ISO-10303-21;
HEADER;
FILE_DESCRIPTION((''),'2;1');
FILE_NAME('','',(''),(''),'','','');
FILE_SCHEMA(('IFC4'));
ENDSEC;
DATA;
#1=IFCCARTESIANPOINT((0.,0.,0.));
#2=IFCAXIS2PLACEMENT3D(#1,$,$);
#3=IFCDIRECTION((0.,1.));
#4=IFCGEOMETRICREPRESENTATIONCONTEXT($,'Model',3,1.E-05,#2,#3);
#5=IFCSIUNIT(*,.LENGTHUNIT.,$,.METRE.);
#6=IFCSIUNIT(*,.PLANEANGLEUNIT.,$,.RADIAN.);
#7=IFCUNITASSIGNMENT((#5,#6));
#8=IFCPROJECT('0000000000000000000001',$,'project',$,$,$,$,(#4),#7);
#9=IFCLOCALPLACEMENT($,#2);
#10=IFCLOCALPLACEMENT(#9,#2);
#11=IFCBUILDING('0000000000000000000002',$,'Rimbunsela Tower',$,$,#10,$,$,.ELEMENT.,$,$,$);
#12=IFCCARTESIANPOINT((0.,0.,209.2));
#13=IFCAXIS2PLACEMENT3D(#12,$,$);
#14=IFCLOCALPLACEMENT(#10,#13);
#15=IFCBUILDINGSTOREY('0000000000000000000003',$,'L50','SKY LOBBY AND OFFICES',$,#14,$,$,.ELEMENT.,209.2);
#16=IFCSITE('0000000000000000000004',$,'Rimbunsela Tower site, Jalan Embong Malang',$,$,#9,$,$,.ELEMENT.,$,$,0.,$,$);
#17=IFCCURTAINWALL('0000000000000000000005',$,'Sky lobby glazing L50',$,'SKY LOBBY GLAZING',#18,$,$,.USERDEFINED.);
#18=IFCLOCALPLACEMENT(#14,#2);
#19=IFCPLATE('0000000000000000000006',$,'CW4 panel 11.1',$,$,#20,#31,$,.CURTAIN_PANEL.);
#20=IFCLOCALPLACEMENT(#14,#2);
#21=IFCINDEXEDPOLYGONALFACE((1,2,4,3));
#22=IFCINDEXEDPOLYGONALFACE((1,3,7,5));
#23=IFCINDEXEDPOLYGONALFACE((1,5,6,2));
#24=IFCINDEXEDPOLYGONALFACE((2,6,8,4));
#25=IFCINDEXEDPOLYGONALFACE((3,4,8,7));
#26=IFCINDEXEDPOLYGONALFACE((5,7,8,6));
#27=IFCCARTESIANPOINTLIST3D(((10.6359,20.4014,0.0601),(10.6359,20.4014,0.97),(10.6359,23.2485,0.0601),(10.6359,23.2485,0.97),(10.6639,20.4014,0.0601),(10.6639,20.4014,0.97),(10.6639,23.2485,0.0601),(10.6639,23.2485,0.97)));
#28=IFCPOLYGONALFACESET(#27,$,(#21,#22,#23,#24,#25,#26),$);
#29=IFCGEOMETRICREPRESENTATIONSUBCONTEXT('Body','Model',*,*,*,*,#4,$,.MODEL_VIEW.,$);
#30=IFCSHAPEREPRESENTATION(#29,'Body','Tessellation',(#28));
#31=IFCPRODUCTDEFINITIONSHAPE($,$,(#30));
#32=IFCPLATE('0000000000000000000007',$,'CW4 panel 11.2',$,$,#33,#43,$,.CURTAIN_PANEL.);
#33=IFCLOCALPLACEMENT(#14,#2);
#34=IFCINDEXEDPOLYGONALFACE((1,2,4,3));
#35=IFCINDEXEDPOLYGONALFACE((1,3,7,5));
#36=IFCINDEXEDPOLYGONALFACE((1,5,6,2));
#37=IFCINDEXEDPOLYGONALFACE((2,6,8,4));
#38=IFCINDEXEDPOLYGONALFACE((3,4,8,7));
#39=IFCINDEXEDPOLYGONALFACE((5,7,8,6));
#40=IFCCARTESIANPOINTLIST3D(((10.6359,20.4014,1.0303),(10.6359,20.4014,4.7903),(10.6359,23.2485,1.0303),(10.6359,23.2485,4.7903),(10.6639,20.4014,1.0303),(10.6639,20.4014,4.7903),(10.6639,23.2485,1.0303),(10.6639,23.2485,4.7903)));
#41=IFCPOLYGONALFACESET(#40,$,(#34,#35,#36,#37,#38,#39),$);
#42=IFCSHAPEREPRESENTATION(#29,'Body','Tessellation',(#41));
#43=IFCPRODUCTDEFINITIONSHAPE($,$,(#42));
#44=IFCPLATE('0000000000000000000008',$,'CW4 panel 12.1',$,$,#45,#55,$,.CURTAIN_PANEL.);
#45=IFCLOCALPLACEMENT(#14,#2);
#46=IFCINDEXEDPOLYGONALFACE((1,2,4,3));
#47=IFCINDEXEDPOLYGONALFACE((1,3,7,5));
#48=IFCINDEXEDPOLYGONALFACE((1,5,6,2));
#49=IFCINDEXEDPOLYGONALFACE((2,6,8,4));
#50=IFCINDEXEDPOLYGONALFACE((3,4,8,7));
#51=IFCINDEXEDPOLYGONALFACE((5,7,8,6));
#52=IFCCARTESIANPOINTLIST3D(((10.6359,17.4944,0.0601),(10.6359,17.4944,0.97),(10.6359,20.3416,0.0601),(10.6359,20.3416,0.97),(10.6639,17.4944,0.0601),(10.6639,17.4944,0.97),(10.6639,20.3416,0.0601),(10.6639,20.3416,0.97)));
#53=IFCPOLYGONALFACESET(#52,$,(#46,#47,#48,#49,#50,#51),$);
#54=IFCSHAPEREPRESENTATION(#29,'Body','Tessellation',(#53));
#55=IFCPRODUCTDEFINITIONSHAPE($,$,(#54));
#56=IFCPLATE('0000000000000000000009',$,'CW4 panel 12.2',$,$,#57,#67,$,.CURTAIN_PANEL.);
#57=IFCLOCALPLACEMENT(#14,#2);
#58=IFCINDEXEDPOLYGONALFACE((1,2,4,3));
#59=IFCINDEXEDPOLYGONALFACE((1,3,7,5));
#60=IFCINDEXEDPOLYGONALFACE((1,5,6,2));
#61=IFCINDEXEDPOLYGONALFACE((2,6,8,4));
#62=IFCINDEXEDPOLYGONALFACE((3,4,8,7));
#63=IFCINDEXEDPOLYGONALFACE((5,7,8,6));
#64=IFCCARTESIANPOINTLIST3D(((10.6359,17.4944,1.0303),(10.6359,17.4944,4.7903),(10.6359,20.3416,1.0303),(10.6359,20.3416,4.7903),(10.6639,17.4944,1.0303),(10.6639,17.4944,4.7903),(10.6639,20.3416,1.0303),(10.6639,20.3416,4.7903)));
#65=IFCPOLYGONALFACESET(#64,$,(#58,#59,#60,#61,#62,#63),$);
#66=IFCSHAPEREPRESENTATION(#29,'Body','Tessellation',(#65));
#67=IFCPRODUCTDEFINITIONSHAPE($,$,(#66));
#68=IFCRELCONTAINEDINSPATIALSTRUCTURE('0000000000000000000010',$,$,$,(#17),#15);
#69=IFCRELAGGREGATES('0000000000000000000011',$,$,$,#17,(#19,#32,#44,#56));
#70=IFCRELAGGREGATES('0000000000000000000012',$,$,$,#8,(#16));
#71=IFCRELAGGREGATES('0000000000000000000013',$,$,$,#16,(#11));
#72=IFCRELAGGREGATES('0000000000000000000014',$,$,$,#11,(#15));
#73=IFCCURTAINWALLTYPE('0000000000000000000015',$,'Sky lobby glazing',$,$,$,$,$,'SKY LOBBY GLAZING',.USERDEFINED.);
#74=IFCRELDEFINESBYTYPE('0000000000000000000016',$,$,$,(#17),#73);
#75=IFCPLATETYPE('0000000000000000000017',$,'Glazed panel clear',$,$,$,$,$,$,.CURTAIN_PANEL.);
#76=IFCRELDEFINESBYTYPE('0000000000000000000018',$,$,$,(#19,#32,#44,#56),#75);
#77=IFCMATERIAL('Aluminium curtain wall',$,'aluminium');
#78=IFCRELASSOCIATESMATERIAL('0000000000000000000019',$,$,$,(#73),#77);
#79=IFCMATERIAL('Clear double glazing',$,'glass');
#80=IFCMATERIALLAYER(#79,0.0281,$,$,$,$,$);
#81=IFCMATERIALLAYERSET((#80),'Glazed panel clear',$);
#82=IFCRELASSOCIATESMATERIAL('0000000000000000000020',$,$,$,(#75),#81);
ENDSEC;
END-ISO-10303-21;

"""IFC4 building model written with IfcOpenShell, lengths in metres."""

from ifc_helpers import new_model, si_unit, direction, frame, origin, origin_2d, place, context, subcontext, project, spatial, rectangle, extrude, material, layer, layer_set, type_object, element, aggregate, save


model = new_model("IFC4")

# Units and contexts
model_context = context("Model", 3, precision=1e-05, world=origin(), true_north=direction((0.0, 1.0)))
body_context = subcontext(model_context, "Body", "Model", "MODEL_VIEW")
ifc_project = project(units=[si_unit("LENGTHUNIT", "METRE"), si_unit("PLANEANGLEUNIT", "RADIAN")], contexts=[model_context])

# Site, building, storey
site_placement = place(None, origin())
site = spatial("IfcSite", under=ifc_project, at=site_placement, Name="Rimbunsela Tower site, Jalan Embong Malang", CompositionType="ELEMENT", RefElevation=0.0)
building_placement = place(site_placement, origin())
building = spatial("IfcBuilding", under=site, at=building_placement, Name="Rimbunsela Tower", CompositionType="ELEMENT")
storey_placement = place(building_placement, frame((0.0, 0.0, 209.2)))
storey = spatial("IfcBuildingStorey", under=building, at=storey_placement, Name="L50", Description="SKY LOBBY AND OFFICES", CompositionType="ELEMENT", Elevation=209.2)

# Curtain wall, plates
ifc_material_1 = material(Name="Aluminium curtain wall", Category="aluminium")
curtain_wall_type = type_object("IfcCurtainWallType", Name="Sky lobby glazing", ElementType="SKY LOBBY GLAZING", PredefinedType="USERDEFINED", material=ifc_material_1)
curtain_wall_placement = place(storey_placement, origin())
curtain_wall = element("IfcCurtainWall", 1, at=curtain_wall_placement, inside=storey, type_object=curtain_wall_type, Name="Sky lobby glazing L50", ObjectType="SKY LOBBY GLAZING", PredefinedType="USERDEFINED")
ifc_material_2 = material(Name="Clear double glazing", Category="glass")
ifc_layer = layer(ifc_material_2, 0.0281)
ifc_layer_set = layer_set([ifc_layer], Name="Glazed panel clear")
plate_type = type_object("IfcPlateType", Name="Glazed panel clear", PredefinedType="CURTAIN_PANEL", material=ifc_layer_set)
plate_1_placement = place(storey_placement, frame((10.6499, 21.825, 0.0601), z_axis=(0.0, 0.0, 1.0), x_axis=(0.0, -1.0, 0.0)))
plate_1 = element("IfcPlate", 2, at=plate_1_placement, type_object=plate_type, Name="CW4 panel 11.1", PredefinedType="CURTAIN_PANEL", context=body_context, shape_type="SweptSolid", body=[
    extrude(rectangle(XDim=2.8472, YDim=0.0281, at=origin_2d()), origin(), (0.0, 0.0, 1.0), 0.9099),
])
plate_2_placement = place(storey_placement, frame((10.6499, 21.825, 1.0303), z_axis=(0.0, 0.0, 1.0), x_axis=(0.0, -1.0, 0.0)))
plate_2 = element("IfcPlate", 3, at=plate_2_placement, type_object=plate_type, Name="CW4 panel 11.2", PredefinedType="CURTAIN_PANEL", context=body_context, shape_type="SweptSolid", body=[
    extrude(rectangle(XDim=2.8472, YDim=0.0281, at=origin_2d()), origin(), (0.0, 0.0, 1.0), 3.76),
])
plate_3_placement = place(storey_placement, frame((10.6499, 18.918, 0.0601), z_axis=(0.0, 0.0, 1.0), x_axis=(0.0, -1.0, 0.0)))
plate_3 = element("IfcPlate", 4, at=plate_3_placement, type_object=plate_type, Name="CW4 panel 12.1", PredefinedType="CURTAIN_PANEL", context=body_context, shape_type="SweptSolid", body=[
    extrude(rectangle(XDim=2.8472, YDim=0.0281, at=origin_2d()), origin(), (0.0, 0.0, 1.0), 0.9099),
])
plate_4_placement = place(storey_placement, frame((10.6499, 18.918, 1.0303), z_axis=(0.0, 0.0, 1.0), x_axis=(0.0, -1.0, 0.0)))
plate_4 = element("IfcPlate", 5, at=plate_4_placement, type_object=plate_type, Name="CW4 panel 12.2", PredefinedType="CURTAIN_PANEL", context=body_context, shape_type="SweptSolid", body=[
    extrude(rectangle(XDim=2.8472, YDim=0.0281, at=origin_2d()), origin(), (0.0, 0.0, 1.0), 3.76),
])
aggregate(curtain_wall, [plate_1, plate_2, plate_3, plate_4])

save(model, "model.ifc")
